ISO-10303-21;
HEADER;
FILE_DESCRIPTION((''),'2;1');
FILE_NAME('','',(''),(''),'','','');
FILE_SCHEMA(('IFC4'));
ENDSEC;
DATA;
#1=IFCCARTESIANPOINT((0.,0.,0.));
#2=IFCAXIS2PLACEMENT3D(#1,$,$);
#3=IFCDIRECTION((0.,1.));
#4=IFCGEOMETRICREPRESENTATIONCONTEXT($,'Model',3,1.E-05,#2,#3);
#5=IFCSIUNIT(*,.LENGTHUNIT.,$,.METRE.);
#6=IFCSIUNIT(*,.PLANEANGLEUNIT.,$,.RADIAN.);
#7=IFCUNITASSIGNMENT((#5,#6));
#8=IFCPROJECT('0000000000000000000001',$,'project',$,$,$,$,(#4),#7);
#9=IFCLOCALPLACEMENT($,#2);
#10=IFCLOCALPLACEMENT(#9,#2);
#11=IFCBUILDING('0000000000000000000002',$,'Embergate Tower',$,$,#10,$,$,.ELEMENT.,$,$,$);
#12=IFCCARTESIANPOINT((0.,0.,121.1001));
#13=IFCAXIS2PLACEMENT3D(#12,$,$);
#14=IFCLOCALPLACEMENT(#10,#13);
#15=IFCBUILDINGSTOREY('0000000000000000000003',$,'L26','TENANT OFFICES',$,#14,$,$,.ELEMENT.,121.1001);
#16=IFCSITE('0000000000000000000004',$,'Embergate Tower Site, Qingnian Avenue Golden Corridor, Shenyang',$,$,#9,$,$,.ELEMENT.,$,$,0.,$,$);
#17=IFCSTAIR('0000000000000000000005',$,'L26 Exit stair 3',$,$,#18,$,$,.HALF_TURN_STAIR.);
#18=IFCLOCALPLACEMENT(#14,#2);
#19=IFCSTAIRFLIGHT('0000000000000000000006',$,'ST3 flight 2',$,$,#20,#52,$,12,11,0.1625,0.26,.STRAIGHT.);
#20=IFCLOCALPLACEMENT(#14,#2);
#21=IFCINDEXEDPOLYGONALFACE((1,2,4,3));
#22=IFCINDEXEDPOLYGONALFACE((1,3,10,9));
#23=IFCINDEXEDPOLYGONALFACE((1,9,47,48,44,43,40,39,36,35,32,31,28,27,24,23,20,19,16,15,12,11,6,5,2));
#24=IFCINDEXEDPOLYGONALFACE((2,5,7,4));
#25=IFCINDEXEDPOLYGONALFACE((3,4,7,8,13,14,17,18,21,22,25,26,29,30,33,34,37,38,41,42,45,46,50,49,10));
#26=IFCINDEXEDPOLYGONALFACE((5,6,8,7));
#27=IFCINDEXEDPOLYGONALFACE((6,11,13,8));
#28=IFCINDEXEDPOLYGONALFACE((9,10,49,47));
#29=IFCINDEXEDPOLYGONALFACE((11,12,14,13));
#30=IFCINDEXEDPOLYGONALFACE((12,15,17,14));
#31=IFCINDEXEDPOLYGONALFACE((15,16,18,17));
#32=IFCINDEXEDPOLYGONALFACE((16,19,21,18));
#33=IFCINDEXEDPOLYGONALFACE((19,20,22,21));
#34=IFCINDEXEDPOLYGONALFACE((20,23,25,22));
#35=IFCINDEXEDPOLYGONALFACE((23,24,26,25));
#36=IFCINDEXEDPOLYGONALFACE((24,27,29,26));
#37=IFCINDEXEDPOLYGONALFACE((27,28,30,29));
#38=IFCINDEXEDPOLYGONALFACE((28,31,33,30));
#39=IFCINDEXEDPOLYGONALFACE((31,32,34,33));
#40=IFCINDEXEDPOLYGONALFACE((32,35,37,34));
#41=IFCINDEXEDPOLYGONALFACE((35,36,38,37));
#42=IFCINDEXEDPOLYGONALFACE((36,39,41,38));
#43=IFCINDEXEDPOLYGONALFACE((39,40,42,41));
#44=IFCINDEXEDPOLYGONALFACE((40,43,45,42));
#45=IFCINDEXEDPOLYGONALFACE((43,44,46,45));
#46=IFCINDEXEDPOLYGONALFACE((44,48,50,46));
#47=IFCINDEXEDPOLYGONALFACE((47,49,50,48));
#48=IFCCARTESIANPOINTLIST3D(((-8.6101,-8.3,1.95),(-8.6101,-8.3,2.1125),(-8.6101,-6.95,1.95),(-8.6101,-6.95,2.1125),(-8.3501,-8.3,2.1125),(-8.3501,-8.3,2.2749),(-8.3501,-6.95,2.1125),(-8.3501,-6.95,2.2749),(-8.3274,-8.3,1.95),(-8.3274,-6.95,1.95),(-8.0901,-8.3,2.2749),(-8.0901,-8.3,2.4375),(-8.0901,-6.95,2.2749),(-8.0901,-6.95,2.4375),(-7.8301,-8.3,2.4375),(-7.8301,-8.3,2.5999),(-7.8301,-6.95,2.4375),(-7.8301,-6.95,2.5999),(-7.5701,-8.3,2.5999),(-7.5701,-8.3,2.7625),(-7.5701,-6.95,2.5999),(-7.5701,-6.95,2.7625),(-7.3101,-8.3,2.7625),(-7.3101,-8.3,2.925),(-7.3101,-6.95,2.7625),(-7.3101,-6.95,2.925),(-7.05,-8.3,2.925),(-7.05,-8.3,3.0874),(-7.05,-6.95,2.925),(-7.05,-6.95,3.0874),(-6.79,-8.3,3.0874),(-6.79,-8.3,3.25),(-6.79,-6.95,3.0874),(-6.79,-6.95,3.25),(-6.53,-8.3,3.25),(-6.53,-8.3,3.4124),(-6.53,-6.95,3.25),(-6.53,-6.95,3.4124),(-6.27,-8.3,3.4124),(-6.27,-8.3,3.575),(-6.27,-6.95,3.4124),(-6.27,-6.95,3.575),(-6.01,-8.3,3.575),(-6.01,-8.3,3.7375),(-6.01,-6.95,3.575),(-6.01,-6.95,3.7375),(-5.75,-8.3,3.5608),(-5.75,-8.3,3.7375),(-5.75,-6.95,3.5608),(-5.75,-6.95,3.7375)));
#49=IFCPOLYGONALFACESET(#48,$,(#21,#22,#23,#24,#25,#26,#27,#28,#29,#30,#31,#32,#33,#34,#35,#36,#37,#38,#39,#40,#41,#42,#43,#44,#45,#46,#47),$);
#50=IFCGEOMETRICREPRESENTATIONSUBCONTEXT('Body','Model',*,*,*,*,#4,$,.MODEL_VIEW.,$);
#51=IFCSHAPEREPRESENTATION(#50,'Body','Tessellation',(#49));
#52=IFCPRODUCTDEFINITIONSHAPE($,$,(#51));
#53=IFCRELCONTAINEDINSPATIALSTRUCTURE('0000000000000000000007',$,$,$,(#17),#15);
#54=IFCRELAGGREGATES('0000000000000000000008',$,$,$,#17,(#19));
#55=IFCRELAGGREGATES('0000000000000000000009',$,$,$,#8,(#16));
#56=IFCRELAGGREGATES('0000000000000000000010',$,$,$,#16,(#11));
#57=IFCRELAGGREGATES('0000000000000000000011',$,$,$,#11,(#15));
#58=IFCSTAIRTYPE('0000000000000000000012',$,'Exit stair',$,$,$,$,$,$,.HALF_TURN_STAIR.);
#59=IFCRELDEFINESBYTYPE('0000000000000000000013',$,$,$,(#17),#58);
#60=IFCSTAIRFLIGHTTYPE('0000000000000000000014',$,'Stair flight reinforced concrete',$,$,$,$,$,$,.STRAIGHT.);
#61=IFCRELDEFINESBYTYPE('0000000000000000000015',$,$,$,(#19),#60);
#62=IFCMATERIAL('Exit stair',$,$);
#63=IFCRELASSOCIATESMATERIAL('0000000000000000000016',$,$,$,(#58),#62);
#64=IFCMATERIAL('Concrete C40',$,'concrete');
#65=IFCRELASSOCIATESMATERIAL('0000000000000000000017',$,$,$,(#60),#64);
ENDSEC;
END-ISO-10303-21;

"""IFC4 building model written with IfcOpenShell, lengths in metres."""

from ifc_helpers import new_model, si_unit, direction, frame, origin, place, context, subcontext, project, spatial, polyline, outline, extrude, source, transform, mapped, material, type_object, element, aggregate, save


model = new_model("IFC4")

# Units and contexts
model_context = context("Model", 3, precision=1e-05, world=origin(), true_north=direction((0.0, 1.0)))
body_context = subcontext(model_context, "Body", "Model", "MODEL_VIEW")
ifc_project = project(units=[si_unit("LENGTHUNIT", "METRE"), si_unit("PLANEANGLEUNIT", "RADIAN")], contexts=[model_context])

# Site, building, storey
site_placement = place(None, origin())
site = spatial("IfcSite", under=ifc_project, at=site_placement, Name="Embergate Tower Site, Qingnian Avenue Golden Corridor, Shenyang", CompositionType="ELEMENT", RefElevation=0.0)
building_placement = place(site_placement, origin())
building = spatial("IfcBuilding", under=site, at=building_placement, Name="Embergate Tower", CompositionType="ELEMENT")
storey_placement = place(building_placement, frame((0.0, 0.0, 121.1001)))
storey = spatial("IfcBuildingStorey", under=building, at=storey_placement, Name="L26", Description="TENANT OFFICES", CompositionType="ELEMENT", Elevation=121.1001)

# Stair
ifc_material_1 = material(Name="Exit stair")
stair_type = type_object("IfcStairType", Name="Exit stair", PredefinedType="HALF_TURN_STAIR", material=ifc_material_1)
stair_placement = place(storey_placement, origin())
stair = element("IfcStair", 1, at=stair_placement, inside=storey, type_object=stair_type, Name="L26 Exit stair 3", PredefinedType="HALF_TURN_STAIR")
ifc_material_2 = material(Name="Concrete C40", Category="concrete")

# Stair flight
stair_flight_type = type_object("IfcStairFlightType", Name="Stair flight reinforced concrete", PredefinedType="STRAIGHT", material=ifc_material_2)
shared_shape_1 = source(origin(), body_context, "Body", "SweptSolid", [
    extrude(outline(polyline([(0.0, 0.0), (0.0, 0.1626), (0.26, 0.1626), (0.26, 0.325), (0.52, 0.325), (0.52, 0.4875), (0.78, 0.4875), (0.78, 0.6499), (1.04, 0.6499), (1.04, 0.8125), (1.3, 0.8125), (1.3, 0.9751), (1.5601, 0.9751), (1.5601, 1.1375), (1.8201, 1.1375), (1.8201, 1.3), (2.0801, 1.3), (2.0801, 1.4624), (2.3401, 1.4624), (2.3401, 1.625), (2.6001, 1.625), (2.6001, 1.7876), (2.8601, 1.7876), (2.8601, 1.95), (2.8601, 1.6108), (0.2827, 0.0), (0.0, 0.0)])), frame((0.0, 0.675, 0.0), z_axis=(0.0, -1.0, 0.0), x_axis=(1.0, 0.0, 0.0)), (0.0, 0.0, 1.0), 1.3501),
])
stair_flight_placement = place(storey_placement, frame((-8.6101, -7.625, 1.95), z_axis=(0.0, 0.0, 1.0), x_axis=(1.0, 0.0, 0.0)))
stair_flight = element("IfcStairFlight", 2, at=stair_flight_placement, type_object=stair_flight_type, Name="ST3 flight 2", NumberOfRisers=12, NumberOfTreads=11, PredefinedType="STRAIGHT", RiserHeight=0.1625, TreadLength=0.26, context=body_context, shape_type="MappedRepresentation", body=[
    mapped(shared_shape_1, transform((0.0, 0.0, 0.0))),
])
aggregate(stair, [stair_flight])

save(model, "model.ifc")
